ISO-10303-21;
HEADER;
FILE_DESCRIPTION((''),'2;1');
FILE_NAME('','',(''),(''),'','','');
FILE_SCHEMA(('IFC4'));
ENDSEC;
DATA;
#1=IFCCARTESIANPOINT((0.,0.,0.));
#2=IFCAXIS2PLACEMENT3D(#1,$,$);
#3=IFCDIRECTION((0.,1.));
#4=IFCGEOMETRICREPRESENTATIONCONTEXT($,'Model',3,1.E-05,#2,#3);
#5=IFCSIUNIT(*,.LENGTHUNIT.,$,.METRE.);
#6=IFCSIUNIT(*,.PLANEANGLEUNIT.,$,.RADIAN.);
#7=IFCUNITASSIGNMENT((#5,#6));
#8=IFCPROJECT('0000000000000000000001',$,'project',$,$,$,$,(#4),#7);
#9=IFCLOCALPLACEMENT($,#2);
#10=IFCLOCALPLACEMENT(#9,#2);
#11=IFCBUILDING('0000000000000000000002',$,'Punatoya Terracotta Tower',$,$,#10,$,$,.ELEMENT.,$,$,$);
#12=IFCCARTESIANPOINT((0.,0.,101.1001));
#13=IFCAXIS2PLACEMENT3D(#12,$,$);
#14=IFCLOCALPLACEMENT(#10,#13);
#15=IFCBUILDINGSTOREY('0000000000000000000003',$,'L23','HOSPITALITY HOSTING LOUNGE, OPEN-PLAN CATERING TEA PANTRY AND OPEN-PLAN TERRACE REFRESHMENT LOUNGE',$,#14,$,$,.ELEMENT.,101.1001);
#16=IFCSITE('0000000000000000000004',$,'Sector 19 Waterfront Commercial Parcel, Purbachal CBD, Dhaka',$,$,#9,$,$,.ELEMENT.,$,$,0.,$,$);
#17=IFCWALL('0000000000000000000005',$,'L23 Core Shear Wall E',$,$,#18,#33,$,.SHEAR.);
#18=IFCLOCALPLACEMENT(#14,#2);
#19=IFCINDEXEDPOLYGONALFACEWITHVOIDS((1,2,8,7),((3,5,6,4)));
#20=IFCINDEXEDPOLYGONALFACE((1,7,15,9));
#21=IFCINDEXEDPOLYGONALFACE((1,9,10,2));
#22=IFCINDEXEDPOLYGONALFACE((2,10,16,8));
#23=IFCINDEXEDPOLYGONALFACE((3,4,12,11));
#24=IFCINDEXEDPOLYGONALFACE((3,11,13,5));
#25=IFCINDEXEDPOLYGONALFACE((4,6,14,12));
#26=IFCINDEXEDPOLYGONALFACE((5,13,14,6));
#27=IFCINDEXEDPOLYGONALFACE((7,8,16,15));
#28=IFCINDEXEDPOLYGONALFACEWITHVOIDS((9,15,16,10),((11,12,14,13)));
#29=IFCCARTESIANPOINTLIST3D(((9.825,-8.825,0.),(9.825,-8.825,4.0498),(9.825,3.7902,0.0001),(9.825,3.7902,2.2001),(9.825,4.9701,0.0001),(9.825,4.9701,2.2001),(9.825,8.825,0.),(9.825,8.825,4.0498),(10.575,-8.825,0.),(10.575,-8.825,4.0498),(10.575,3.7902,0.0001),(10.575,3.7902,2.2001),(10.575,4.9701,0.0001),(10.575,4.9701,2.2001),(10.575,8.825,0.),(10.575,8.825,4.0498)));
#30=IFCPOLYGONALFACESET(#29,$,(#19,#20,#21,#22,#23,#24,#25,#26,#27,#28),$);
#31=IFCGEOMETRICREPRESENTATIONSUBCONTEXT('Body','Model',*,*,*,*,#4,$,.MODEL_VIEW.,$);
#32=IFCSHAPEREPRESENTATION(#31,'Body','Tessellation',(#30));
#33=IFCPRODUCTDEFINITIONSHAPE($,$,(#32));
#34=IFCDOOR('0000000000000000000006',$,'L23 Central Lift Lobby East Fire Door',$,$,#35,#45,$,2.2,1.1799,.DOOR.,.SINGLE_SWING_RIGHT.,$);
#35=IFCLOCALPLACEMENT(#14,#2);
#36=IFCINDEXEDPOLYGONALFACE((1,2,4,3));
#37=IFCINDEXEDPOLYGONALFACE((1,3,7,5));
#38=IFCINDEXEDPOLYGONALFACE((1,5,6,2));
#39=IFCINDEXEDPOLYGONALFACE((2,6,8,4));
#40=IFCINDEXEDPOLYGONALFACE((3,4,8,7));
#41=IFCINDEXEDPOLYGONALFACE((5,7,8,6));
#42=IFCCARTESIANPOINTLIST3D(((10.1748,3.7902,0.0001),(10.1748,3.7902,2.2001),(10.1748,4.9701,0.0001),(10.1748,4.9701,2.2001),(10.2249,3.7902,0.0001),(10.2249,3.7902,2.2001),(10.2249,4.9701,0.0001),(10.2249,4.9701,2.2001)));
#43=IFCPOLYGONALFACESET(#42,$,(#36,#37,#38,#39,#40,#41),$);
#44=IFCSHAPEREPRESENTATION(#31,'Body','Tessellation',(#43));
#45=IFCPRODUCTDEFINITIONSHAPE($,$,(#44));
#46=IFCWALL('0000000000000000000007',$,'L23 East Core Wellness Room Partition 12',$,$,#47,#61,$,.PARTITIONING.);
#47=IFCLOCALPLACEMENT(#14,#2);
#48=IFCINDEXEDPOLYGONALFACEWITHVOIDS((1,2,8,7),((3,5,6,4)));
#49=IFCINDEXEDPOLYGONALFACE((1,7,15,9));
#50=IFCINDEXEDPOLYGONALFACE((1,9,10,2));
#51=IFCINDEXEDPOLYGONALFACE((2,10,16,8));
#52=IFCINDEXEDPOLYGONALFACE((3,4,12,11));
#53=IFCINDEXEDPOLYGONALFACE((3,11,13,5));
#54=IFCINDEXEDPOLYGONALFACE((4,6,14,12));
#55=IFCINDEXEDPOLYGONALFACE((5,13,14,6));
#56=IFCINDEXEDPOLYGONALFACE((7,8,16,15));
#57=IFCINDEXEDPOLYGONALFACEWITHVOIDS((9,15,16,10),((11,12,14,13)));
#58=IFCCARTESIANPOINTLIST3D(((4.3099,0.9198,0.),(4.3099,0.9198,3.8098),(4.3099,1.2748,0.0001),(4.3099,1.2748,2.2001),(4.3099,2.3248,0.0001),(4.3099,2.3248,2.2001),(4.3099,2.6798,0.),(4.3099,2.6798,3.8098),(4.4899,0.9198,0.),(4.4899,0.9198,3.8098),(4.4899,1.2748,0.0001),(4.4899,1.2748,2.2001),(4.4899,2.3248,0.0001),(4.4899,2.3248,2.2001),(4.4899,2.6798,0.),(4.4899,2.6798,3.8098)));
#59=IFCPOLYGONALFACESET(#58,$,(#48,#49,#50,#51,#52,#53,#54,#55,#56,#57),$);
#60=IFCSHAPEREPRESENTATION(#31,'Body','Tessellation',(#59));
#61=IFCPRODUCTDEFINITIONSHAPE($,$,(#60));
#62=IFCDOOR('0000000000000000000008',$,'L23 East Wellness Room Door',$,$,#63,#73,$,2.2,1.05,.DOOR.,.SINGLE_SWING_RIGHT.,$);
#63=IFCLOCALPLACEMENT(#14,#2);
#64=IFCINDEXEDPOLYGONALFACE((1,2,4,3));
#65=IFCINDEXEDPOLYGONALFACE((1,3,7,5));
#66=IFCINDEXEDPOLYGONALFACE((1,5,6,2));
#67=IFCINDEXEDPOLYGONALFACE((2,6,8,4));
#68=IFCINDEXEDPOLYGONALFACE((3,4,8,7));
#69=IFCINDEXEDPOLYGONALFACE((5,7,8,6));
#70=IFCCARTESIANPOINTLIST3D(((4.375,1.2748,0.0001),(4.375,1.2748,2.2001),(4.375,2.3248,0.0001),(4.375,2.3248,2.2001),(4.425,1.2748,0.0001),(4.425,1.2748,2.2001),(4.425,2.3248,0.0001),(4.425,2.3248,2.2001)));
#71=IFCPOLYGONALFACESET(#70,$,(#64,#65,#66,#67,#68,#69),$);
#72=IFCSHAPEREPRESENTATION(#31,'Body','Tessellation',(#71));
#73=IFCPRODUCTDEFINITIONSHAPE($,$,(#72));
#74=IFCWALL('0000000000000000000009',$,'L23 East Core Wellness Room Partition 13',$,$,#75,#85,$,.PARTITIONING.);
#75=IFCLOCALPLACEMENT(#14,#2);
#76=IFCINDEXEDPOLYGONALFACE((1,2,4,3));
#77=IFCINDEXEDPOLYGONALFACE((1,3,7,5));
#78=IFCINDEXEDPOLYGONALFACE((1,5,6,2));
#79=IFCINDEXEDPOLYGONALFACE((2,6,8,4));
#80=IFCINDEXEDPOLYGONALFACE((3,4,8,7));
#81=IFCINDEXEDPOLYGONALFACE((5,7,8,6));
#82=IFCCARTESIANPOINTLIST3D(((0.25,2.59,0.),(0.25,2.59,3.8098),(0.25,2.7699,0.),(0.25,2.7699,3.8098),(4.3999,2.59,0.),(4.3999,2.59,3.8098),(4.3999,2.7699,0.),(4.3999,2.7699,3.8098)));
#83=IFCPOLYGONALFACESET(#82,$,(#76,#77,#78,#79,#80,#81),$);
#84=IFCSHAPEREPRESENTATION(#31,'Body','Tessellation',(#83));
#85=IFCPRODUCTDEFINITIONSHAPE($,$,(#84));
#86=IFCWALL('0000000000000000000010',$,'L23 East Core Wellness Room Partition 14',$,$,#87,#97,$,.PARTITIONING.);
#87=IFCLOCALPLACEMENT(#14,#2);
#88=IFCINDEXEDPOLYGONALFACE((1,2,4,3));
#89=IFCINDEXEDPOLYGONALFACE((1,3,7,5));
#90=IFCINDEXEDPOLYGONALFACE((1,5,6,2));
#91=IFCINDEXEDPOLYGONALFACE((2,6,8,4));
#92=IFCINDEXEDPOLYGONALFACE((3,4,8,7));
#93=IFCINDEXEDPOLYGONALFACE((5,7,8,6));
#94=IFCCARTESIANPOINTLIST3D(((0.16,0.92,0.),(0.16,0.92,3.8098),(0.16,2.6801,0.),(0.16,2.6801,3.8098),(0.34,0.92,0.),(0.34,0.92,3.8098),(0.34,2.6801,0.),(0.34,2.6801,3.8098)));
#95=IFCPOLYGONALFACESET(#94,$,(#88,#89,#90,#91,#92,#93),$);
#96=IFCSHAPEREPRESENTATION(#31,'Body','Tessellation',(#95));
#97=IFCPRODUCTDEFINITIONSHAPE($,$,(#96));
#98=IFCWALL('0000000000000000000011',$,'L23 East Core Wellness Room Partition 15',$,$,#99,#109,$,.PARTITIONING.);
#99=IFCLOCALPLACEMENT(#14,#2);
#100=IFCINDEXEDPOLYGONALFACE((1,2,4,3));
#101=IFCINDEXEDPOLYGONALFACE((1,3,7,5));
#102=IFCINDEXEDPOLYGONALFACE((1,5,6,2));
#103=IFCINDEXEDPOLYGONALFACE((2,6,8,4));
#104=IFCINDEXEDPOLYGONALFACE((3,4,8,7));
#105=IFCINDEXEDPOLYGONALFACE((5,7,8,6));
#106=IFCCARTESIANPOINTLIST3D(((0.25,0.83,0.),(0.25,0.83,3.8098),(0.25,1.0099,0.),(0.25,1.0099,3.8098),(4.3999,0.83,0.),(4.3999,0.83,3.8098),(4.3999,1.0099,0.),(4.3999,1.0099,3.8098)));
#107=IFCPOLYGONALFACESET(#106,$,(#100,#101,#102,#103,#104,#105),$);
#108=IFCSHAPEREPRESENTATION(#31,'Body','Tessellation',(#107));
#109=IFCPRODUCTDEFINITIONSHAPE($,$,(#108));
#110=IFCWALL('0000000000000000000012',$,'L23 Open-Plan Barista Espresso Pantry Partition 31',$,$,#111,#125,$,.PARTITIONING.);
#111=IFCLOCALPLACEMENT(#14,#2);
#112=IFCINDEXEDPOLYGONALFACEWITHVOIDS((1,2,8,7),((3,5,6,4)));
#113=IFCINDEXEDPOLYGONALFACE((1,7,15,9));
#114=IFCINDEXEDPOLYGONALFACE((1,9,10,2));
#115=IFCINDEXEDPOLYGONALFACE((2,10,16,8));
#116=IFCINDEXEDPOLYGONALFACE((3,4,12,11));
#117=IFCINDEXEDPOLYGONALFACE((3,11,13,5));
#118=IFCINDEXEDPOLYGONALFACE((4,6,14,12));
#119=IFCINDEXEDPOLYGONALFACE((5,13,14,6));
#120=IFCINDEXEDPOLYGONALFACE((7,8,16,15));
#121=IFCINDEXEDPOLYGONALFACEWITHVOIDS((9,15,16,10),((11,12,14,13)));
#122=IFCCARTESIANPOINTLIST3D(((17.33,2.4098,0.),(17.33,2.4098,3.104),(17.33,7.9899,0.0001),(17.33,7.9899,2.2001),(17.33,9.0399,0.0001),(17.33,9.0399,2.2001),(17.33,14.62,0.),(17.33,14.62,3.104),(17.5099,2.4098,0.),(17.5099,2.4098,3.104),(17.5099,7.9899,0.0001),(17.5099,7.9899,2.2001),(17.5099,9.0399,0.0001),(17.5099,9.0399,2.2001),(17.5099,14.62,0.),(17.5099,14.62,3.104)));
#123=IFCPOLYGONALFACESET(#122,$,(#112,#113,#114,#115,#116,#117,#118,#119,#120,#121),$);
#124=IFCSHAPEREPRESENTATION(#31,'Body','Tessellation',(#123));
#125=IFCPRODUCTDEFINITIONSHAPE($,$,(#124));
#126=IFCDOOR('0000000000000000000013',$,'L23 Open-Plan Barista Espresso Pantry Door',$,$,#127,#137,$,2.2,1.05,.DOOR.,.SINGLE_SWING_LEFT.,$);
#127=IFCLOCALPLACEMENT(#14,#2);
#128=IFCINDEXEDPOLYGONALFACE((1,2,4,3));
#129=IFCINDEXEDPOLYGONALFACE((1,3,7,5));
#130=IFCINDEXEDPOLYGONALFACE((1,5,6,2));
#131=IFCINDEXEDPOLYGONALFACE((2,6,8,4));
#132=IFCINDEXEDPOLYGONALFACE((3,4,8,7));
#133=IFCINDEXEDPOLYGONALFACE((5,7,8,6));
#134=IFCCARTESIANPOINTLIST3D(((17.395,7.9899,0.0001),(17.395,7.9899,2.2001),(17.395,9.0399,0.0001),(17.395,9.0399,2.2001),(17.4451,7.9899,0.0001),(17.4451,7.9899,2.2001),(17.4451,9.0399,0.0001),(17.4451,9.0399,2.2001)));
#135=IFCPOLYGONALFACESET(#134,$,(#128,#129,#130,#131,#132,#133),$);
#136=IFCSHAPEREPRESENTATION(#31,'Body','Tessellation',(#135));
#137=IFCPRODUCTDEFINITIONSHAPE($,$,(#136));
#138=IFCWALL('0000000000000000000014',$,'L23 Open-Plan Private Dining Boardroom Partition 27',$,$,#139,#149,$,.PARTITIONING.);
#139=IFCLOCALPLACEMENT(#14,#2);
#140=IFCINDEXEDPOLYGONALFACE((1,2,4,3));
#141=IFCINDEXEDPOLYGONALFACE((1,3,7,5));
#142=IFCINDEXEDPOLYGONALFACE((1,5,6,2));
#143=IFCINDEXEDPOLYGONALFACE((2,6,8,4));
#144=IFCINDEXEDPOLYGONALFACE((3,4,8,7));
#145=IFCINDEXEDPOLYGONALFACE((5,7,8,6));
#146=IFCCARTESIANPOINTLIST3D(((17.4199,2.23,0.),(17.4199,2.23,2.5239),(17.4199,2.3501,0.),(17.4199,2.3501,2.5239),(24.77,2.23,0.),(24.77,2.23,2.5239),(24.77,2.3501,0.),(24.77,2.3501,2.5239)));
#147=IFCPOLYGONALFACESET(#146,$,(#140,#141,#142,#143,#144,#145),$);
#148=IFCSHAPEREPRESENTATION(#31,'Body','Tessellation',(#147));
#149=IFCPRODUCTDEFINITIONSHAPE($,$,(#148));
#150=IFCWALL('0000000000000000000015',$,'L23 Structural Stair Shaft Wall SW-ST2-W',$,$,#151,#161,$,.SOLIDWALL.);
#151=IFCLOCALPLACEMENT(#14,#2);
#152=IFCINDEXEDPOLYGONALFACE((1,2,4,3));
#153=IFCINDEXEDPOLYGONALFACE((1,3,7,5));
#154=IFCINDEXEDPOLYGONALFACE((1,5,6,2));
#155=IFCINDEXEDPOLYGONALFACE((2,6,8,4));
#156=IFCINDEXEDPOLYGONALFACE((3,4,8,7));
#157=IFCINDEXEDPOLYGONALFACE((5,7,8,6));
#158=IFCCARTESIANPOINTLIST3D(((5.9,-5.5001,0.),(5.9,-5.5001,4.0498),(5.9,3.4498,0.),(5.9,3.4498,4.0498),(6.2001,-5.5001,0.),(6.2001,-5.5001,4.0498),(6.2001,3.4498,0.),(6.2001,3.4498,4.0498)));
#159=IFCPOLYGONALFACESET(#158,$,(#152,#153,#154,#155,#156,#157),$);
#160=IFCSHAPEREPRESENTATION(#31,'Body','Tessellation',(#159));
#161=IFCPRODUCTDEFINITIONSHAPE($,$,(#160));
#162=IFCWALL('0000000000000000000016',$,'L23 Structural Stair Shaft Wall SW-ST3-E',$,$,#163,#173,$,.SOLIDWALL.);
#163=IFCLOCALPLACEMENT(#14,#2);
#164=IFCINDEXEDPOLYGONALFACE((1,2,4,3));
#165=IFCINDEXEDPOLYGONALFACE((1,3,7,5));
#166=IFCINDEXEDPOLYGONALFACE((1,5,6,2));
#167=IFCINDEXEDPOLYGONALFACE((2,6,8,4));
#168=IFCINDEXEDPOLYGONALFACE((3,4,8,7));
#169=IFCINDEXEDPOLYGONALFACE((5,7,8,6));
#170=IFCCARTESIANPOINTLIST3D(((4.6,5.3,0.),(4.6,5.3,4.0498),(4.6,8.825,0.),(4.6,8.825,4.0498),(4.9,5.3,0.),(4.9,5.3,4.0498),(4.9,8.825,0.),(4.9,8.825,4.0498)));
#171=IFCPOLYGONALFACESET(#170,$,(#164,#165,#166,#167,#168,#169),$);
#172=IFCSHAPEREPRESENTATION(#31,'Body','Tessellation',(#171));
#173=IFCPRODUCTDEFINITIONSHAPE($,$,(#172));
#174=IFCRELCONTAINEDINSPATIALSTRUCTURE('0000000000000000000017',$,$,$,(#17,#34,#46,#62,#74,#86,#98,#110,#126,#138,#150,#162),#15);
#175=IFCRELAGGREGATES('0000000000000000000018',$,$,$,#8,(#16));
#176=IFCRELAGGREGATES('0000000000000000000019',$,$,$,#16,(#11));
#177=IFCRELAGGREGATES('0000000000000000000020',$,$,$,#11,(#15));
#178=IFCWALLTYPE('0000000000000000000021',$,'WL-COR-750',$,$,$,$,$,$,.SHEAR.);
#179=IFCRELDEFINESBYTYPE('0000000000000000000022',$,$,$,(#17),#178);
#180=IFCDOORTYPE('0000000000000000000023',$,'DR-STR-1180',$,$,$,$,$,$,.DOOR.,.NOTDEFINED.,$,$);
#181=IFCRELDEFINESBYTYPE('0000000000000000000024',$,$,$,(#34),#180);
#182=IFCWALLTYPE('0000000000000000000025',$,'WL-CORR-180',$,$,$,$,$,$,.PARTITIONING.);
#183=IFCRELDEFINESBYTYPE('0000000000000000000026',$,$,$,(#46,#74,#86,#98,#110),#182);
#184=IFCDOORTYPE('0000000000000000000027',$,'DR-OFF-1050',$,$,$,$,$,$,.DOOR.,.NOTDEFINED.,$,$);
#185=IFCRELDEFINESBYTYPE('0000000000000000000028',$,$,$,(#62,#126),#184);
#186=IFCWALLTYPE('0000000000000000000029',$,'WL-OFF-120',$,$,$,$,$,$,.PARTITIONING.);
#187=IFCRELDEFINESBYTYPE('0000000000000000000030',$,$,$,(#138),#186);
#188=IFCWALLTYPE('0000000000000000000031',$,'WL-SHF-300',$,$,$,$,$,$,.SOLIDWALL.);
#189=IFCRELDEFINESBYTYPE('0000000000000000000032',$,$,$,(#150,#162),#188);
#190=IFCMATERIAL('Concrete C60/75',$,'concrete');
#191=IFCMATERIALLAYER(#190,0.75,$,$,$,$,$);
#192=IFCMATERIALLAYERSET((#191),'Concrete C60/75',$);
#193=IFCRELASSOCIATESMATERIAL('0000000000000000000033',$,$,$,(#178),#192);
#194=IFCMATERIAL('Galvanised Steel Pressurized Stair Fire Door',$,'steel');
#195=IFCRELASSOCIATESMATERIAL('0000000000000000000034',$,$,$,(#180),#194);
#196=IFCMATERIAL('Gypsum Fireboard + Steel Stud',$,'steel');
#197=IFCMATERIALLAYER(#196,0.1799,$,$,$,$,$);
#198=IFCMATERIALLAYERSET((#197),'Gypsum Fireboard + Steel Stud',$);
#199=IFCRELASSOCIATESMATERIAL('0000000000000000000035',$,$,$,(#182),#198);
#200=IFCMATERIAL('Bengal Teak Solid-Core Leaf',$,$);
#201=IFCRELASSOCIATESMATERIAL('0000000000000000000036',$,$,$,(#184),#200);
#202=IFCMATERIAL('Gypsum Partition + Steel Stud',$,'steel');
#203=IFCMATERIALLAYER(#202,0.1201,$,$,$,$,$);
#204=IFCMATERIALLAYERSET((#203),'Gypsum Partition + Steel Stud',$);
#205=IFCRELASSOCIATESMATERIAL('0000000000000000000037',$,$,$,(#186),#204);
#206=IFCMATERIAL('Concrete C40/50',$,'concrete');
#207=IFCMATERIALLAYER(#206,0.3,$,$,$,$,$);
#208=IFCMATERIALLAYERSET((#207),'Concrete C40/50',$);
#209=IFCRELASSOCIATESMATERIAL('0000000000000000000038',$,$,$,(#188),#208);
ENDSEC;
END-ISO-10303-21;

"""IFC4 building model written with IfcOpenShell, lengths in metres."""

from ifc_helpers import new_model, si_unit, direction, frame, frame_2d, origin, place, context, subcontext, project, spatial, rectangle, extrude, material, layer, layer_set, type_object, element, fill, save


model = new_model("IFC4")

# Units and contexts
model_context = context("Model", 3, precision=1e-05, world=origin(), true_north=direction((0.0, 1.0)))
body_context = subcontext(model_context, "Body", "Model", "MODEL_VIEW")
ifc_project = project(units=[si_unit("LENGTHUNIT", "METRE"), si_unit("PLANEANGLEUNIT", "RADIAN")], contexts=[model_context])

# Site, building, storey
site_placement = place(None, origin())
site = spatial("IfcSite", under=ifc_project, at=site_placement, Name="Sector 19 Waterfront Commercial Parcel, Purbachal CBD, Dhaka", CompositionType="ELEMENT", RefElevation=0.0)
building_placement = place(site_placement, origin())
building = spatial("IfcBuilding", under=site, at=building_placement, Name="Punatoya Terracotta Tower", CompositionType="ELEMENT")
storey_placement = place(building_placement, frame((0.0, 0.0, 101.1001)))
storey = spatial("IfcBuildingStorey", under=building, at=storey_placement, Name="L23", Description="HOSPITALITY HOSTING LOUNGE, OPEN-PLAN CATERING TEA PANTRY AND OPEN-PLAN TERRACE REFRESHMENT LOUNGE", CompositionType="ELEMENT", Elevation=101.1001)

# Walls, openings, doors
ifc_material_1 = material(Name="Concrete C60/75", Category="concrete")
ifc_layer_1 = layer(ifc_material_1, 0.75)
ifc_layer_set_1 = layer_set([ifc_layer_1], Name="Concrete C60/75")
wall_type_1 = type_object("IfcWallType", Name="WL-COR-750", PredefinedType="SHEAR", material=ifc_layer_set_1)
wall_1_placement = place(storey_placement, frame((10.2, 8.825, 0.0), z_axis=(0.0, 0.0, 1.0), x_axis=(0.0, -1.0, 0.0)))
wall_1 = element("IfcWall", 1, at=wall_1_placement, inside=storey, type_object=wall_type_1, Name="L23 Core Shear Wall E", PredefinedType="SHEAR", context=body_context, shape_type="SweptSolid", body=[
    extrude(rectangle(XDim=17.6499, YDim=0.75, at=frame_2d((8.825, 0.0))), origin(), (0.0, 0.0, 1.0), 4.0498),
])
opening_1_placement = place(wall_1_placement, frame((3.855, 0.0, 0.0)))
opening_1 = element("IfcOpeningElement", 2, at=opening_1_placement, cuts=wall_1, PredefinedType="OPENING", context=body_context, shape_type="SweptSolid", body=[
    extrude(rectangle(XDim=1.1799, YDim=2.2, at=frame_2d((0.5898, 1.1001))), frame((0.0, 0.385, 0.0), z_axis=(0.0, -1.0, 0.0), x_axis=(1.0, 0.0, 0.0)), (0.0, 0.0, 1.0), 0.77),
])
ifc_material_2 = material(Name="Galvanised Steel Pressurized Stair Fire Door", Category="steel")
door_type_1 = type_object("IfcDoorType", Name="DR-STR-1180", OperationType="NOTDEFINED", PredefinedType="DOOR", material=ifc_material_2)
door_1_placement = place(opening_1_placement, origin())
door_1 = element("IfcDoor", 3, at=door_1_placement, inside=storey, type_object=door_type_1, Name="L23 Central Lift Lobby East Fire Door", OperationType="SINGLE_SWING_RIGHT", OverallHeight=2.2, OverallWidth=1.1799, PredefinedType="DOOR", context=body_context, shape_type="SweptSolid", body=[
    extrude(rectangle(XDim=1.1799, YDim=2.2, at=frame_2d((0.5898, 1.1001))), frame((0.0, 0.0249, 0.0), z_axis=(0.0, -1.0, 0.0), x_axis=(1.0, 0.0, 0.0)), (0.0, 0.0, 1.0), 0.05),
])
fill(opening_1, door_1)
ifc_material_3 = material(Name="Gypsum Fireboard + Steel Stud", Category="steel")
ifc_layer_2 = layer(ifc_material_3, 0.1799)
ifc_layer_set_2 = layer_set([ifc_layer_2], Name="Gypsum Fireboard + Steel Stud")
wall_type_2 = type_object("IfcWallType", Name="WL-CORR-180", PredefinedType="PARTITIONING", material=ifc_layer_set_2)
wall_2_placement = place(storey_placement, frame((4.3999, 0.9199, 0.0), z_axis=(0.0, 0.0, 1.0), x_axis=(0.0, 1.0, 0.0)))
wall_2 = element("IfcWall", 4, at=wall_2_placement, inside=storey, type_object=wall_type_2, Name="L23 East Core Wellness Room Partition 12", PredefinedType="PARTITIONING", context=body_context, shape_type="SweptSolid", body=[
    extrude(rectangle(XDim=1.76, YDim=0.1799, at=frame_2d((0.8799, 0.0))), origin(), (0.0, 0.0, 1.0), 3.8098),
])
opening_2_placement = place(wall_2_placement, frame((0.355, 0.0, 0.0)))
opening_2 = element("IfcOpeningElement", 5, at=opening_2_placement, cuts=wall_2, PredefinedType="OPENING", context=body_context, shape_type="SweptSolid", body=[
    extrude(rectangle(XDim=1.05, YDim=2.2, at=frame_2d((0.5249, 1.1001))), frame((0.0, 0.0999, 0.0), z_axis=(0.0, -1.0, 0.0), x_axis=(1.0, 0.0, 0.0)), (0.0, 0.0, 1.0), 0.2),
])
ifc_material_4 = material(Name="Bengal Teak Solid-Core Leaf")
door_type_2 = type_object("IfcDoorType", Name="DR-OFF-1050", OperationType="NOTDEFINED", PredefinedType="DOOR", material=ifc_material_4)
door_2_placement = place(opening_2_placement, origin())
door_2 = element("IfcDoor", 6, at=door_2_placement, inside=storey, type_object=door_type_2, Name="L23 East Wellness Room Door", OperationType="SINGLE_SWING_RIGHT", OverallHeight=2.2, OverallWidth=1.05, PredefinedType="DOOR", context=body_context, shape_type="SweptSolid", body=[
    extrude(rectangle(XDim=1.05, YDim=2.2, at=frame_2d((0.5249, 1.1001))), frame((0.0, 0.0249, 0.0), z_axis=(0.0, -1.0, 0.0), x_axis=(1.0, 0.0, 0.0)), (0.0, 0.0, 1.0), 0.05),
])
fill(opening_2, door_2)

# Walls
wall_3_placement = place(storey_placement, frame((4.3999, 2.6799, 0.0), z_axis=(0.0, 0.0, 1.0), x_axis=(-1.0, 0.0, 0.0)))
element("IfcWall", 7, at=wall_3_placement, inside=storey, type_object=wall_type_2, Name="L23 East Core Wellness Room Partition 13", PredefinedType="PARTITIONING", context=body_context, shape_type="SweptSolid", body=[
    extrude(rectangle(XDim=4.1499, YDim=0.1799, at=frame_2d((2.075, 0.0))), origin(), (0.0, 0.0, 1.0), 3.8098),
])
wall_4_placement = place(storey_placement, frame((0.25, 2.6799, 0.0), z_axis=(0.0, 0.0, 1.0), x_axis=(0.0, -1.0, 0.0)))
element("IfcWall", 8, at=wall_4_placement, inside=storey, type_object=wall_type_2, Name="L23 East Core Wellness Room Partition 14", PredefinedType="PARTITIONING", context=body_context, shape_type="SweptSolid", body=[
    extrude(rectangle(XDim=1.76, YDim=0.1799, at=frame_2d((0.8799, 0.0))), origin(), (0.0, 0.0, 1.0), 3.8098),
])
wall_5_placement = place(storey_placement, frame((0.25, 0.9199, 0.0), z_axis=(0.0, 0.0, 1.0), x_axis=(1.0, 0.0, 0.0)))
element("IfcWall", 9, at=wall_5_placement, inside=storey, type_object=wall_type_2, Name="L23 East Core Wellness Room Partition 15", PredefinedType="PARTITIONING", context=body_context, shape_type="SweptSolid", body=[
    extrude(rectangle(XDim=4.1499, YDim=0.1799, at=frame_2d((2.075, 0.0))), origin(), (0.0, 0.0, 1.0), 3.8098),
])

# Wall, opening, door
wall_6_placement = place(storey_placement, frame((17.4199, 2.4099, 0.0), z_axis=(0.0, 0.0, 1.0), x_axis=(0.0, 1.0, 0.0)))
wall_6 = element("IfcWall", 10, at=wall_6_placement, inside=storey, type_object=wall_type_2, Name="L23 Open-Plan Barista Espresso Pantry Partition 31", PredefinedType="PARTITIONING", context=body_context, shape_type="SweptSolid", body=[
    extrude(rectangle(XDim=12.2102, YDim=0.1799, at=frame_2d((6.105, 0.0))), origin(), (0.0, 0.0, 1.0), 3.104),
])
opening_3_placement = place(wall_6_placement, frame((5.5801, 0.0, 0.0)))
opening_3 = element("IfcOpeningElement", 11, at=opening_3_placement, cuts=wall_6, PredefinedType="OPENING", context=body_context, shape_type="SweptSolid", body=[
    extrude(rectangle(XDim=1.05, YDim=2.2, at=frame_2d((0.5249, 1.1001))), frame((0.0, 0.0999, 0.0), z_axis=(0.0, -1.0, 0.0), x_axis=(1.0, 0.0, 0.0)), (0.0, 0.0, 1.0), 0.2),
])
door_3_placement = place(opening_3_placement, origin())
door_3 = element("IfcDoor", 12, at=door_3_placement, inside=storey, type_object=door_type_2, Name="L23 Open-Plan Barista Espresso Pantry Door", OperationType="SINGLE_SWING_LEFT", OverallHeight=2.2, OverallWidth=1.05, PredefinedType="DOOR", context=body_context, shape_type="SweptSolid", body=[
    extrude(rectangle(XDim=1.05, YDim=2.2, at=frame_2d((0.5249, 1.1001))), frame((0.0, 0.0249, 0.0), z_axis=(0.0, -1.0, 0.0), x_axis=(1.0, 0.0, 0.0)), (0.0, 0.0, 1.0), 0.05),
])
fill(opening_3, door_3)

# Walls
ifc_material_5 = material(Name="Gypsum Partition + Steel Stud", Category="steel")
ifc_layer_3 = layer(ifc_material_5, 0.1201)
ifc_layer_set_3 = layer_set([ifc_layer_3], Name="Gypsum Partition + Steel Stud")
wall_type_3 = type_object("IfcWallType", Name="WL-OFF-120", PredefinedType="PARTITIONING", material=ifc_layer_set_3)
wall_7_placement = place(storey_placement, frame((17.4199, 2.29, 0.0), z_axis=(0.0, 0.0, 1.0), x_axis=(1.0, 0.0, 0.0)))
element("IfcWall", 13, at=wall_7_placement, inside=storey, type_object=wall_type_3, Name="L23 Open-Plan Private Dining Boardroom Partition 27", PredefinedType="PARTITIONING", context=body_context, shape_type="SweptSolid", body=[
    extrude(rectangle(XDim=7.3501, YDim=0.1201, at=frame_2d((3.675, 0.0))), origin(), (0.0, 0.0, 1.0), 2.5239),
])
ifc_material_6 = material(Name="Concrete C40/50", Category="concrete")
ifc_layer_4 = layer(ifc_material_6, 0.3)
ifc_layer_set_4 = layer_set([ifc_layer_4], Name="Concrete C40/50")
wall_type_4 = type_object("IfcWallType", Name="WL-SHF-300", PredefinedType="SOLIDWALL", material=ifc_layer_set_4)
wall_8_placement = place(storey_placement, frame((6.05, 3.45, 0.0), z_axis=(0.0, 0.0, 1.0), x_axis=(0.0, -1.0, 0.0)))
element("IfcWall", 14, at=wall_8_placement, inside=storey, type_object=wall_type_4, Name="L23 Structural Stair Shaft Wall SW-ST2-W", PredefinedType="SOLIDWALL", context=body_context, shape_type="SweptSolid", body=[
    extrude(rectangle(XDim=8.95, YDim=0.3, at=frame_2d((4.4751, 0.0))), origin(), (0.0, 0.0, 1.0), 4.0498),
])
wall_9_placement = place(storey_placement, frame((4.75, 8.825, 0.0), z_axis=(0.0, 0.0, 1.0), x_axis=(0.0, -1.0, 0.0)))
element("IfcWall", 15, at=wall_9_placement, inside=storey, type_object=wall_type_4, Name="L23 Structural Stair Shaft Wall SW-ST3-E", PredefinedType="SOLIDWALL", context=body_context, shape_type="SweptSolid", body=[
    extrude(rectangle(XDim=3.5249, YDim=0.3, at=frame_2d((1.7625, 0.0))), origin(), (0.0, 0.0, 1.0), 4.0498),
])

save(model, "model.ifc")
